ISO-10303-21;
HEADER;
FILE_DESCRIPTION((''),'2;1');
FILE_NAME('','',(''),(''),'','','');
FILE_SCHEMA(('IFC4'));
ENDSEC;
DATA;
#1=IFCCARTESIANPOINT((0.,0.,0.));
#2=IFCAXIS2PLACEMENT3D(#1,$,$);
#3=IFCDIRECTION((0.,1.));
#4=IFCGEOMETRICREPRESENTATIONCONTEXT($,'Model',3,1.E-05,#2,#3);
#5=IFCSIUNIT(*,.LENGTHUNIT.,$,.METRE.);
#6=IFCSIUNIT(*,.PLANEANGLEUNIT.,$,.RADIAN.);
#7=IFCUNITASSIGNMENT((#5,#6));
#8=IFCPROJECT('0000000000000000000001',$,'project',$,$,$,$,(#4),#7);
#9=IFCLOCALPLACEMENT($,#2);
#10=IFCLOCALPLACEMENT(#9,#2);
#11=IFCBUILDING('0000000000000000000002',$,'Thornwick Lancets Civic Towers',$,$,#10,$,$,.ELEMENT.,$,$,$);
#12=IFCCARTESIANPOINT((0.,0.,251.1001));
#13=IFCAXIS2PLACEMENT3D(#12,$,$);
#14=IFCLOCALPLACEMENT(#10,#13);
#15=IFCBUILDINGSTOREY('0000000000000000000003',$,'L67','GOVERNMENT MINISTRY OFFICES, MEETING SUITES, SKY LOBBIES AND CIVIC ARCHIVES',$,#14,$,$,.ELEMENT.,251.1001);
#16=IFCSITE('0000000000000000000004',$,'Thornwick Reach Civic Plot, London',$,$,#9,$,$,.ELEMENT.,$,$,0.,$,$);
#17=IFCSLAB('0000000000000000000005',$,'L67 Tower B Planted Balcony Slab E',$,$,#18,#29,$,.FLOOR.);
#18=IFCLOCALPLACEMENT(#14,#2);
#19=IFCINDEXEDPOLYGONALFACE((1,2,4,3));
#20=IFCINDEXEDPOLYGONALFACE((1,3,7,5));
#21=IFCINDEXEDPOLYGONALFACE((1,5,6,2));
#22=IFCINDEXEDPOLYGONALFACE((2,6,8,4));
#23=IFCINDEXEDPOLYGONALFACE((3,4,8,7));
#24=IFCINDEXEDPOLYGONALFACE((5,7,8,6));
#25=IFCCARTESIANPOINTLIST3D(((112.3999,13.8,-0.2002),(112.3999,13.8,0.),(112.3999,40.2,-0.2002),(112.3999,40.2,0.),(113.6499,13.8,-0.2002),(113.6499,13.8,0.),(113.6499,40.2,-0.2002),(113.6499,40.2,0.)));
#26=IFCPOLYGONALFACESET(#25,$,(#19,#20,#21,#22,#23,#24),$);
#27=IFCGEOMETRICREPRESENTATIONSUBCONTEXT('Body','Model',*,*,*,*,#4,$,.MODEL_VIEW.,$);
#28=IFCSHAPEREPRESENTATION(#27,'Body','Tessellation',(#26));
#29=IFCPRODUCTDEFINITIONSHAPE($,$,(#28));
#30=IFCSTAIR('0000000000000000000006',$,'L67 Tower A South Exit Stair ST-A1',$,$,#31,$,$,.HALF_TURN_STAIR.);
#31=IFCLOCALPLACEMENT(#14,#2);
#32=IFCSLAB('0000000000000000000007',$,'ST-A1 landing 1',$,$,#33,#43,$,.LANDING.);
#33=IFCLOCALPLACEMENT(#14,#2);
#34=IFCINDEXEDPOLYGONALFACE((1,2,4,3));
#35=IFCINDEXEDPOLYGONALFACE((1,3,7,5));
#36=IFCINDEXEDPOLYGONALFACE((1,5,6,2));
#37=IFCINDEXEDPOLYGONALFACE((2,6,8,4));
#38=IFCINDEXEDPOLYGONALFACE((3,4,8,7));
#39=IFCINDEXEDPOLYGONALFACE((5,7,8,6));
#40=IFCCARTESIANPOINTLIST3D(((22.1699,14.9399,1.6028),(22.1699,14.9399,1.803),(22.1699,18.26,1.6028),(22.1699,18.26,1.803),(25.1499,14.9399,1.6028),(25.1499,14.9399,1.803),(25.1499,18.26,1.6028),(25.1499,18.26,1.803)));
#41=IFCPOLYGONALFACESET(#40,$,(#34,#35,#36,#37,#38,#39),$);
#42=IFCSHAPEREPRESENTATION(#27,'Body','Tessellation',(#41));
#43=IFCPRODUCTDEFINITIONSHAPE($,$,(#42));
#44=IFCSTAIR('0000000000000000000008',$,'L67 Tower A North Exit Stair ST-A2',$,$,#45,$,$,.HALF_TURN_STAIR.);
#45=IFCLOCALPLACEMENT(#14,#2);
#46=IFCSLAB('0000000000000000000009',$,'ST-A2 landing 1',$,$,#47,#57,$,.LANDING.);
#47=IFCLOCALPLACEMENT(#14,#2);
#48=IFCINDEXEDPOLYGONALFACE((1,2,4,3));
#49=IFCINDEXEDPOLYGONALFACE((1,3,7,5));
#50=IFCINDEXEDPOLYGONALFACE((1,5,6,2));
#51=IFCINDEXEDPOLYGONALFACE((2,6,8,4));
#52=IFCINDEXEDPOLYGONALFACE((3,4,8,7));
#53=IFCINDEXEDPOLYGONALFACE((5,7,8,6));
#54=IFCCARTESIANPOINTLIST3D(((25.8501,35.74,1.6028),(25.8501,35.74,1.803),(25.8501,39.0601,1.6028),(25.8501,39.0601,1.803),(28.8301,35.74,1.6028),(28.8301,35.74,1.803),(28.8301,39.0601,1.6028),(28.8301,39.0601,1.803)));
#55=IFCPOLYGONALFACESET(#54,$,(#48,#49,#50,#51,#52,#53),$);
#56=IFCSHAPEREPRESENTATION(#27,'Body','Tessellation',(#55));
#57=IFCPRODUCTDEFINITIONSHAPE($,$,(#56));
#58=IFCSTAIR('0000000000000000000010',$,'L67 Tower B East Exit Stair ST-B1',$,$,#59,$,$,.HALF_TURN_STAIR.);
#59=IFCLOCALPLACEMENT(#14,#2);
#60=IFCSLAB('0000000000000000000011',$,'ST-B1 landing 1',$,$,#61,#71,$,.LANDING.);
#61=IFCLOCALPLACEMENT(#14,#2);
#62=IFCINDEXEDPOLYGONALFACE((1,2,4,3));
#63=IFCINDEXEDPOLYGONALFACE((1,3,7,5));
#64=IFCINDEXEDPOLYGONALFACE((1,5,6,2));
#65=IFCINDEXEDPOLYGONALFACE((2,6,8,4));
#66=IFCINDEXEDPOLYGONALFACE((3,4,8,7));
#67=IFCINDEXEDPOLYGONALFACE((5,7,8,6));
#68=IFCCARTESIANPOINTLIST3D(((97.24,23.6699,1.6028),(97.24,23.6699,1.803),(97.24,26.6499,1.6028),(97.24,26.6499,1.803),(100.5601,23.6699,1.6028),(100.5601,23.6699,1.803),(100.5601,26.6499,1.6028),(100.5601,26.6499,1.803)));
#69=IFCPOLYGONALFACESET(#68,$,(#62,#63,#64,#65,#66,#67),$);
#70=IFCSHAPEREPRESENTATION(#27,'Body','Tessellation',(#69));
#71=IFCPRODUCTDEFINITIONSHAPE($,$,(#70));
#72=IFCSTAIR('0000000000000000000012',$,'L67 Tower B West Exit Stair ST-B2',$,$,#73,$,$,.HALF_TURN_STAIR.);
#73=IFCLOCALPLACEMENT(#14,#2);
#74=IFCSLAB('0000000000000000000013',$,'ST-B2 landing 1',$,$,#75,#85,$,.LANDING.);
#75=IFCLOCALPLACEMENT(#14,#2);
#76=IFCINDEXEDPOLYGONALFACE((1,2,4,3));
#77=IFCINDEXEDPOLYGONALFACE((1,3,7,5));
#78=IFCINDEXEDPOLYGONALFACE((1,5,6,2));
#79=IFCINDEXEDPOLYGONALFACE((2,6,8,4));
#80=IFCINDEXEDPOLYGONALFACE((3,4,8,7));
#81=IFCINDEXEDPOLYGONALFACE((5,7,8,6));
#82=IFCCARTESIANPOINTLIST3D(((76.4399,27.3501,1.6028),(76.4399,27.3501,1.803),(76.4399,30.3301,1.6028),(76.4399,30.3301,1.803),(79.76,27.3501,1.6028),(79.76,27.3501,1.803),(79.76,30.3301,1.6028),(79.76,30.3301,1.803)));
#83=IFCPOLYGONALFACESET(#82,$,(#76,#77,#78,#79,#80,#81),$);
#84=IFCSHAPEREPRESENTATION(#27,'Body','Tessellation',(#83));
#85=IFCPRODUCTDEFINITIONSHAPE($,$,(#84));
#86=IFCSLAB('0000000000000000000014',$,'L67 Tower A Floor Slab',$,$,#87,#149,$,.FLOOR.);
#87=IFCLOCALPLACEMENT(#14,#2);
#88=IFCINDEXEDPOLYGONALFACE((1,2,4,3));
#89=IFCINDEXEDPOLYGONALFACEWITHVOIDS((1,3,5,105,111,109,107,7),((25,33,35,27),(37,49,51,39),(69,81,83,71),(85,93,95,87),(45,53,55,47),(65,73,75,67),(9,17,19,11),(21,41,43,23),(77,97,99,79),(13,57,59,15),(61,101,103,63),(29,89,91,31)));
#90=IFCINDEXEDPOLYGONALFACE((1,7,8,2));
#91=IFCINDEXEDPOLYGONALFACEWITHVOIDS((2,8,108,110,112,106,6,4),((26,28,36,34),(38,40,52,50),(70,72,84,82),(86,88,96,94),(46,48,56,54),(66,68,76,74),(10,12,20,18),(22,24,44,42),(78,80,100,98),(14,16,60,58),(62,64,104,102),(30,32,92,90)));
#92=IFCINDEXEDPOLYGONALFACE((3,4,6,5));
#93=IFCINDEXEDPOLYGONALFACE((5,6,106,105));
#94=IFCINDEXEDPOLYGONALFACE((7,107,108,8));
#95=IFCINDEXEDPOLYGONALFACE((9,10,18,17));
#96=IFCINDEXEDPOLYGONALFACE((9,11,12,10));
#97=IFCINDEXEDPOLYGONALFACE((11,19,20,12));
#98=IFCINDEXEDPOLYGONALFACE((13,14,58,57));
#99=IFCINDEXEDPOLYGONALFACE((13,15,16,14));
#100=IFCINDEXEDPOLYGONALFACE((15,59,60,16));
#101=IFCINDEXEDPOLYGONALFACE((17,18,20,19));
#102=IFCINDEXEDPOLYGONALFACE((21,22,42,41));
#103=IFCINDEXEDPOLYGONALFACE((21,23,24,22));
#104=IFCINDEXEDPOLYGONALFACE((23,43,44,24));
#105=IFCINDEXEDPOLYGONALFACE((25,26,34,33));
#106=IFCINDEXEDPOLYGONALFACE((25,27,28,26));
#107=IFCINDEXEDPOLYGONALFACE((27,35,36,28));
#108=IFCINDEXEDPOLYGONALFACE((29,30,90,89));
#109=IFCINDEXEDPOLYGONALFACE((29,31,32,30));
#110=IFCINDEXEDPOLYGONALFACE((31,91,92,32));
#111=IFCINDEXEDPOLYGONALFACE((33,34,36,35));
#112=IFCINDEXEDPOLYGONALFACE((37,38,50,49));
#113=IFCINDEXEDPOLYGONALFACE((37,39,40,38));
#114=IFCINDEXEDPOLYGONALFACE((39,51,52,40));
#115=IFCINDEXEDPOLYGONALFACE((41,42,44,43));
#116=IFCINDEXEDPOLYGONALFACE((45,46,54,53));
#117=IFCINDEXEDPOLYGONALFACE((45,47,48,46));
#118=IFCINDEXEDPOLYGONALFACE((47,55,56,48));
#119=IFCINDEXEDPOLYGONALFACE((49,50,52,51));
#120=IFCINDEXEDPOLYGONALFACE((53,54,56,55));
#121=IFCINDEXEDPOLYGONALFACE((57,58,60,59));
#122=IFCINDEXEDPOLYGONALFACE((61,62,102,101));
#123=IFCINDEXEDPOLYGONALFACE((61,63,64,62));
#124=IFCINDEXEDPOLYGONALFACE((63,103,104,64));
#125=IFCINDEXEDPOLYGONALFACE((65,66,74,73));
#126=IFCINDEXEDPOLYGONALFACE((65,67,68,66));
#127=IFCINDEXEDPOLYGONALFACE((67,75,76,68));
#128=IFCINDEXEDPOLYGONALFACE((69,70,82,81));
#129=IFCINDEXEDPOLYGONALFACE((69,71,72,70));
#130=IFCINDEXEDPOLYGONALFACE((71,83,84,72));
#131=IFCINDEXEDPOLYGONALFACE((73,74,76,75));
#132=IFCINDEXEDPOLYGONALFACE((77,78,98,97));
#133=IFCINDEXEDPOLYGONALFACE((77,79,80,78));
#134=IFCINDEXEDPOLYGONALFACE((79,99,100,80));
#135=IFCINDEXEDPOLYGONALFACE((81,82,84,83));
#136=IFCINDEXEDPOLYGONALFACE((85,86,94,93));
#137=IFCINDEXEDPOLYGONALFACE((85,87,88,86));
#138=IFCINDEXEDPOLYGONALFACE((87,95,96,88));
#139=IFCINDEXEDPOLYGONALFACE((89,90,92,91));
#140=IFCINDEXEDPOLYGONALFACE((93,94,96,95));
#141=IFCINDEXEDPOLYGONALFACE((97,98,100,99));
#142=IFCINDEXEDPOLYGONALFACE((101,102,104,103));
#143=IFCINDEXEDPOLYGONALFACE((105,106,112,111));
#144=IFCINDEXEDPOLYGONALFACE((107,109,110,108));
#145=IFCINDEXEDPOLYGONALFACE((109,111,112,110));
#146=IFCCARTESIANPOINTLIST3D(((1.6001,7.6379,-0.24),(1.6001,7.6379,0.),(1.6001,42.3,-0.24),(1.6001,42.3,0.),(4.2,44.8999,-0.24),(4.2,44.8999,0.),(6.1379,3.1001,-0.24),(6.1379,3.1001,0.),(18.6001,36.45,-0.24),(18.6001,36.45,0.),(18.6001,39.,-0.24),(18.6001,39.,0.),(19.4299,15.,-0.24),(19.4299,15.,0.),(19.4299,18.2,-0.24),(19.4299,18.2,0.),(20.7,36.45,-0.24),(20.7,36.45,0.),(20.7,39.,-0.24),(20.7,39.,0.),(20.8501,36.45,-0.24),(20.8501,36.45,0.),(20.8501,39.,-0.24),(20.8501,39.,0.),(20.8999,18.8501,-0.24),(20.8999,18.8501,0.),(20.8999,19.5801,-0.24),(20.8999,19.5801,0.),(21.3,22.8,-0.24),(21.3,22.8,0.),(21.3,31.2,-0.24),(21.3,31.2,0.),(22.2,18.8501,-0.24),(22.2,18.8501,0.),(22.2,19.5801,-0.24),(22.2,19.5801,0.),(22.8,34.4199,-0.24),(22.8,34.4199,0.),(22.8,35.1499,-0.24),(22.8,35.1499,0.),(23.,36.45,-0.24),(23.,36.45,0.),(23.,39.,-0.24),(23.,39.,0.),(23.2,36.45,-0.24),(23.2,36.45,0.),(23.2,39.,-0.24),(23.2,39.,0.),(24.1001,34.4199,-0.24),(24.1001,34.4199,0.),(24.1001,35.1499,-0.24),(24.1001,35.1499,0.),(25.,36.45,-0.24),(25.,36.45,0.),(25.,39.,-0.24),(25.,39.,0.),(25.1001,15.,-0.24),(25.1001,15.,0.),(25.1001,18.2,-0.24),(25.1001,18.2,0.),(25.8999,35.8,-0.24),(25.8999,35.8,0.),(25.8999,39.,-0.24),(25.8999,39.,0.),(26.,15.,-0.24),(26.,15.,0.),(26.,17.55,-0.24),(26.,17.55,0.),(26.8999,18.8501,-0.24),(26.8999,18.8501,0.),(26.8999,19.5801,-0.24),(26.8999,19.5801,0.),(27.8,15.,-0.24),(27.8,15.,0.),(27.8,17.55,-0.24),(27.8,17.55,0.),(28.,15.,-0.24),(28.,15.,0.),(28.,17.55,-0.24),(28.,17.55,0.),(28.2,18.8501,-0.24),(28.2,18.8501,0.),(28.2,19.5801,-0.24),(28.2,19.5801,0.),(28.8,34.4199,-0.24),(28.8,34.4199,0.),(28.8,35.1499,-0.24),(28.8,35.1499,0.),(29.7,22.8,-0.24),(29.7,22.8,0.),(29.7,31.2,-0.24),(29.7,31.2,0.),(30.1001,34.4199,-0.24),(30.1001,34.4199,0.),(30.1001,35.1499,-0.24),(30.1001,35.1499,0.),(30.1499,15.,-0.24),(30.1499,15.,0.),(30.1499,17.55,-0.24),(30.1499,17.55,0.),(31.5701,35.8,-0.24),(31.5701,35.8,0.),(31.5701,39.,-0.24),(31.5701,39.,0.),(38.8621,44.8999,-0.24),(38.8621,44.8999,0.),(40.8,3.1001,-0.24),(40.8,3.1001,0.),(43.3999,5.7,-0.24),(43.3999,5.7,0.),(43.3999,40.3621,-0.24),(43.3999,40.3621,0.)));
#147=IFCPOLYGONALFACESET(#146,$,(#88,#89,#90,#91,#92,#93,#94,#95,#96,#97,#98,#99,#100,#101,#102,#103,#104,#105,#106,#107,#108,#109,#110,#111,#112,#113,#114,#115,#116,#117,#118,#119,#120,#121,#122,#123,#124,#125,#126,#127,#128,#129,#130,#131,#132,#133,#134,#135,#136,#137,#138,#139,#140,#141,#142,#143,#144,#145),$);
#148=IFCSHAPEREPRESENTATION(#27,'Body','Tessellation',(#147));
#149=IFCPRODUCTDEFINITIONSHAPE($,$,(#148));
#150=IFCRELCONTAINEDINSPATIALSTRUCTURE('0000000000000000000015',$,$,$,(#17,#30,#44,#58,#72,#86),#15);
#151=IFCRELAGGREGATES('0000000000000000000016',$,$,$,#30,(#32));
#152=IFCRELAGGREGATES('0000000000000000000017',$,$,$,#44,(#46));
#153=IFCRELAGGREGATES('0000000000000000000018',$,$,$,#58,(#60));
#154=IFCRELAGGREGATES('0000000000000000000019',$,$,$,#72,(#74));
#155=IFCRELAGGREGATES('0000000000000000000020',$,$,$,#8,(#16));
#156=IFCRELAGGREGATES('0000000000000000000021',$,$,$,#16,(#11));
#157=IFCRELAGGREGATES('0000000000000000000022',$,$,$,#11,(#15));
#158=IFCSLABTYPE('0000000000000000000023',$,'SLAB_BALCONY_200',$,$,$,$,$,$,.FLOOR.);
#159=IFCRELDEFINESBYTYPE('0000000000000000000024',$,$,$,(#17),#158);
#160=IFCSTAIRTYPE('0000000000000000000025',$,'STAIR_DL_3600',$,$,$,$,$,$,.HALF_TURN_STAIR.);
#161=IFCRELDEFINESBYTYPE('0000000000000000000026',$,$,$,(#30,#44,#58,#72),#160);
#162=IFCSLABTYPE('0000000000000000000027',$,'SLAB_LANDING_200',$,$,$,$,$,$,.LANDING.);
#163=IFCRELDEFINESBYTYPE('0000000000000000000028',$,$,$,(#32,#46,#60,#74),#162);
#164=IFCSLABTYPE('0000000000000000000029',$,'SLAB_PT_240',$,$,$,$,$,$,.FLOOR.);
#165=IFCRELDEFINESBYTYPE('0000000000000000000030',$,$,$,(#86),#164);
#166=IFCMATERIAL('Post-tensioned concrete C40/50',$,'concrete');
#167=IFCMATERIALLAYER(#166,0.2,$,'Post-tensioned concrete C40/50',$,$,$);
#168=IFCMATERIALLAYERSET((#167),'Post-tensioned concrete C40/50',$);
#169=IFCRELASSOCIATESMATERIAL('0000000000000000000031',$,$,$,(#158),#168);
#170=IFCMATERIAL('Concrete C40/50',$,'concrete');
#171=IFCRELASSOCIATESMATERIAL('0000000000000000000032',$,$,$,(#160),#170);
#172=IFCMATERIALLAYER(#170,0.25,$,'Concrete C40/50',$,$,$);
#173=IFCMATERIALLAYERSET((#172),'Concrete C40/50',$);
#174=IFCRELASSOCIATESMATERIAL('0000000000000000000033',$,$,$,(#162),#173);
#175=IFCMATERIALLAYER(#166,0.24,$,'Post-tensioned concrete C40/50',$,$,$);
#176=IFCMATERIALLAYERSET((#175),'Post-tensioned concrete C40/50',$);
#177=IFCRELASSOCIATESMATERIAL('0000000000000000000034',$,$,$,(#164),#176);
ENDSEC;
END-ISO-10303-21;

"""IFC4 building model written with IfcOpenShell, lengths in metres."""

from ifc_helpers import new_model, si_unit, direction, frame, origin, place, context, subcontext, project, spatial, polyline, outline, extrude, material, layer, layer_set, type_object, element, aggregate, save


model = new_model("IFC4")

# Units and contexts
model_context = context("Model", 3, precision=1e-05, world=origin(), true_north=direction((0.0, 1.0)))
body_context = subcontext(model_context, "Body", "Model", "MODEL_VIEW")
ifc_project = project(units=[si_unit("LENGTHUNIT", "METRE"), si_unit("PLANEANGLEUNIT", "RADIAN")], contexts=[model_context])

# Site, building, storey
site_placement = place(None, origin())
site = spatial("IfcSite", under=ifc_project, at=site_placement, Name="Thornwick Reach Civic Plot, London", CompositionType="ELEMENT", RefElevation=0.0)
building_placement = place(site_placement, origin())
building = spatial("IfcBuilding", under=site, at=building_placement, Name="Thornwick Lancets Civic Towers", CompositionType="ELEMENT")
storey_placement = place(building_placement, frame((0.0, 0.0, 251.1001)))
storey = spatial("IfcBuildingStorey", under=building, at=storey_placement, Name="L67", Description="GOVERNMENT MINISTRY OFFICES, MEETING SUITES, SKY LOBBIES AND CIVIC ARCHIVES", CompositionType="ELEMENT", Elevation=251.1001)

# Slab
ifc_material_1 = material(Name="Post-tensioned concrete C40/50", Category="concrete")
ifc_layer_1 = layer(ifc_material_1, 0.2, Name="Post-tensioned concrete C40/50")
ifc_layer_set_1 = layer_set([ifc_layer_1], Name="Post-tensioned concrete C40/50")
slab_type_1 = type_object("IfcSlabType", Name="SLAB_BALCONY_200", PredefinedType="FLOOR", material=ifc_layer_set_1)
slab_1_placement = place(storey_placement, frame((0.0, 0.0, -0.2002)))
element("IfcSlab", 1, at=slab_1_placement, inside=storey, type_object=slab_type_1, Name="L67 Tower B Planted Balcony Slab E", PredefinedType="FLOOR", context=body_context, shape_type="SweptSolid", body=[
    extrude(outline(polyline([(112.3999, 13.8), (113.6499, 13.8), (113.6499, 40.2), (112.3999, 40.2), (112.3999, 13.8)])), origin(), (0.0, 0.0, 1.0), 0.2002),
])

# Stairs, slabs
ifc_material_2 = material(Name="Concrete C40/50", Category="concrete")
stair_type = type_object("IfcStairType", Name="STAIR_DL_3600", PredefinedType="HALF_TURN_STAIR", material=ifc_material_2)
stair_1_placement = place(storey_placement, origin())
stair_1 = element("IfcStair", 2, at=stair_1_placement, inside=storey, type_object=stair_type, Name="L67 Tower A South Exit Stair ST-A1", PredefinedType="HALF_TURN_STAIR")
ifc_layer_2 = layer(ifc_material_2, 0.25, Name="Concrete C40/50")
ifc_layer_set_2 = layer_set([ifc_layer_2], Name="Concrete C40/50")
slab_type_2 = type_object("IfcSlabType", Name="SLAB_LANDING_200", PredefinedType="LANDING", material=ifc_layer_set_2)
slab_2_placement = place(storey_placement, frame((0.0, 0.0, 1.6028)))
slab_2 = element("IfcSlab", 3, at=slab_2_placement, type_object=slab_type_2, Name="ST-A1 landing 1", PredefinedType="LANDING", context=body_context, shape_type="SweptSolid", body=[
    extrude(outline(polyline([(22.1699, 14.9399), (25.1499, 14.9399), (25.1499, 18.26), (22.1699, 18.26), (22.1699, 14.9399)])), origin(), (0.0, 0.0, 1.0), 0.2002),
])
aggregate(stair_1, [slab_2])
stair_2_placement = place(storey_placement, origin())
stair_2 = element("IfcStair", 4, at=stair_2_placement, inside=storey, type_object=stair_type, Name="L67 Tower A North Exit Stair ST-A2", PredefinedType="HALF_TURN_STAIR")
slab_3_placement = place(storey_placement, frame((0.0, 0.0, 1.6028)))
slab_3 = element("IfcSlab", 5, at=slab_3_placement, type_object=slab_type_2, Name="ST-A2 landing 1", PredefinedType="LANDING", context=body_context, shape_type="SweptSolid", body=[
    extrude(outline(polyline([(28.8301, 39.0601), (25.8501, 39.0601), (25.8501, 35.74), (28.8301, 35.74), (28.8301, 39.0601)])), origin(), (0.0, 0.0, 1.0), 0.2002),
])
aggregate(stair_2, [slab_3])
stair_3_placement = place(storey_placement, origin())
stair_3 = element("IfcStair", 6, at=stair_3_placement, inside=storey, type_object=stair_type, Name="L67 Tower B East Exit Stair ST-B1", PredefinedType="HALF_TURN_STAIR")
slab_4_placement = place(storey_placement, frame((0.0, 0.0, 1.6028)))
slab_4 = element("IfcSlab", 7, at=slab_4_placement, type_object=slab_type_2, Name="ST-B1 landing 1", PredefinedType="LANDING", context=body_context, shape_type="SweptSolid", body=[
    extrude(outline(polyline([(100.5601, 23.6699), (100.5601, 26.6499), (97.24, 26.6499), (97.24, 23.6699), (100.5601, 23.6699)])), origin(), (0.0, 0.0, 1.0), 0.2002),
])
aggregate(stair_3, [slab_4])
stair_4_placement = place(storey_placement, origin())
stair_4 = element("IfcStair", 8, at=stair_4_placement, inside=storey, type_object=stair_type, Name="L67 Tower B West Exit Stair ST-B2", PredefinedType="HALF_TURN_STAIR")
slab_5_placement = place(storey_placement, frame((0.0, 0.0, 1.6028)))
slab_5 = element("IfcSlab", 9, at=slab_5_placement, type_object=slab_type_2, Name="ST-B2 landing 1", PredefinedType="LANDING", context=body_context, shape_type="SweptSolid", body=[
    extrude(outline(polyline([(76.4399, 30.3301), (76.4399, 27.3501), (79.76, 27.3501), (79.76, 30.3301), (76.4399, 30.3301)])), origin(), (0.0, 0.0, 1.0), 0.2002),
])
aggregate(stair_4, [slab_5])

# Slab
ifc_layer_3 = layer(ifc_material_1, 0.24, Name="Post-tensioned concrete C40/50")
ifc_layer_set_3 = layer_set([ifc_layer_3], Name="Post-tensioned concrete C40/50")
slab_type_3 = type_object("IfcSlabType", Name="SLAB_PT_240", PredefinedType="FLOOR", material=ifc_layer_set_3)
slab_6_placement = place(storey_placement, frame((0.0, 0.0, -0.24)))
element("IfcSlab", 10, at=slab_6_placement, inside=storey, type_object=slab_type_3, Name="L67 Tower A Floor Slab", PredefinedType="FLOOR", context=body_context, shape_type="SweptSolid", body=[
    extrude(outline(polyline([(6.1379, 3.1001), (40.8, 3.1001), (43.3999, 5.7), (43.3999, 40.3621), (38.8621, 44.8999), (4.2, 44.8999), (1.6001, 42.3), (1.6001, 7.6379), (6.1379, 3.1001)]), holes=[polyline([(21.3, 22.8), (29.7, 22.8), (29.7, 31.2), (21.3, 31.2), (21.3, 22.8)]), polyline([(19.4299, 15.0), (25.1001, 15.0), (25.1001, 18.2), (19.4299, 18.2), (19.4299, 15.0)]), polyline([(31.5701, 39.0), (25.8999, 39.0), (25.8999, 35.8), (31.5701, 35.8), (31.5701, 39.0)]), polyline([(26.0, 15.0), (27.8, 15.0), (27.8, 17.55), (26.0, 17.55), (26.0, 15.0)]), polyline([(28.0, 15.0), (30.1499, 15.0), (30.1499, 17.55), (28.0, 17.55), (28.0, 15.0)]), polyline([(23.2, 36.45), (25.0, 36.45), (25.0, 39.0), (23.2, 39.0), (23.2, 36.45)]), polyline([(20.8501, 36.45), (23.0, 36.45), (23.0, 39.0), (20.8501, 39.0), (20.8501, 36.45)]), polyline([(18.6001, 36.45), (20.7, 36.45), (20.7, 39.0), (18.6001, 39.0), (18.6001, 36.45)]), polyline([(26.8999, 18.8501), (28.2, 18.8501), (28.2, 19.5801), (26.8999, 19.5801), (26.8999, 18.8501)]), polyline([(20.8999, 18.8501), (22.2, 18.8501), (22.2, 19.5801), (20.8999, 19.5801), (20.8999, 18.8501)]), polyline([(22.8, 34.4199), (24.1001, 34.4199), (24.1001, 35.1499), (22.8, 35.1499), (22.8, 34.4199)]), polyline([(28.8, 34.4199), (30.1001, 34.4199), (30.1001, 35.1499), (28.8, 35.1499), (28.8, 34.4199)])]), origin(), (0.0, 0.0, 1.0), 0.24),
])

save(model, "model.ifc")
